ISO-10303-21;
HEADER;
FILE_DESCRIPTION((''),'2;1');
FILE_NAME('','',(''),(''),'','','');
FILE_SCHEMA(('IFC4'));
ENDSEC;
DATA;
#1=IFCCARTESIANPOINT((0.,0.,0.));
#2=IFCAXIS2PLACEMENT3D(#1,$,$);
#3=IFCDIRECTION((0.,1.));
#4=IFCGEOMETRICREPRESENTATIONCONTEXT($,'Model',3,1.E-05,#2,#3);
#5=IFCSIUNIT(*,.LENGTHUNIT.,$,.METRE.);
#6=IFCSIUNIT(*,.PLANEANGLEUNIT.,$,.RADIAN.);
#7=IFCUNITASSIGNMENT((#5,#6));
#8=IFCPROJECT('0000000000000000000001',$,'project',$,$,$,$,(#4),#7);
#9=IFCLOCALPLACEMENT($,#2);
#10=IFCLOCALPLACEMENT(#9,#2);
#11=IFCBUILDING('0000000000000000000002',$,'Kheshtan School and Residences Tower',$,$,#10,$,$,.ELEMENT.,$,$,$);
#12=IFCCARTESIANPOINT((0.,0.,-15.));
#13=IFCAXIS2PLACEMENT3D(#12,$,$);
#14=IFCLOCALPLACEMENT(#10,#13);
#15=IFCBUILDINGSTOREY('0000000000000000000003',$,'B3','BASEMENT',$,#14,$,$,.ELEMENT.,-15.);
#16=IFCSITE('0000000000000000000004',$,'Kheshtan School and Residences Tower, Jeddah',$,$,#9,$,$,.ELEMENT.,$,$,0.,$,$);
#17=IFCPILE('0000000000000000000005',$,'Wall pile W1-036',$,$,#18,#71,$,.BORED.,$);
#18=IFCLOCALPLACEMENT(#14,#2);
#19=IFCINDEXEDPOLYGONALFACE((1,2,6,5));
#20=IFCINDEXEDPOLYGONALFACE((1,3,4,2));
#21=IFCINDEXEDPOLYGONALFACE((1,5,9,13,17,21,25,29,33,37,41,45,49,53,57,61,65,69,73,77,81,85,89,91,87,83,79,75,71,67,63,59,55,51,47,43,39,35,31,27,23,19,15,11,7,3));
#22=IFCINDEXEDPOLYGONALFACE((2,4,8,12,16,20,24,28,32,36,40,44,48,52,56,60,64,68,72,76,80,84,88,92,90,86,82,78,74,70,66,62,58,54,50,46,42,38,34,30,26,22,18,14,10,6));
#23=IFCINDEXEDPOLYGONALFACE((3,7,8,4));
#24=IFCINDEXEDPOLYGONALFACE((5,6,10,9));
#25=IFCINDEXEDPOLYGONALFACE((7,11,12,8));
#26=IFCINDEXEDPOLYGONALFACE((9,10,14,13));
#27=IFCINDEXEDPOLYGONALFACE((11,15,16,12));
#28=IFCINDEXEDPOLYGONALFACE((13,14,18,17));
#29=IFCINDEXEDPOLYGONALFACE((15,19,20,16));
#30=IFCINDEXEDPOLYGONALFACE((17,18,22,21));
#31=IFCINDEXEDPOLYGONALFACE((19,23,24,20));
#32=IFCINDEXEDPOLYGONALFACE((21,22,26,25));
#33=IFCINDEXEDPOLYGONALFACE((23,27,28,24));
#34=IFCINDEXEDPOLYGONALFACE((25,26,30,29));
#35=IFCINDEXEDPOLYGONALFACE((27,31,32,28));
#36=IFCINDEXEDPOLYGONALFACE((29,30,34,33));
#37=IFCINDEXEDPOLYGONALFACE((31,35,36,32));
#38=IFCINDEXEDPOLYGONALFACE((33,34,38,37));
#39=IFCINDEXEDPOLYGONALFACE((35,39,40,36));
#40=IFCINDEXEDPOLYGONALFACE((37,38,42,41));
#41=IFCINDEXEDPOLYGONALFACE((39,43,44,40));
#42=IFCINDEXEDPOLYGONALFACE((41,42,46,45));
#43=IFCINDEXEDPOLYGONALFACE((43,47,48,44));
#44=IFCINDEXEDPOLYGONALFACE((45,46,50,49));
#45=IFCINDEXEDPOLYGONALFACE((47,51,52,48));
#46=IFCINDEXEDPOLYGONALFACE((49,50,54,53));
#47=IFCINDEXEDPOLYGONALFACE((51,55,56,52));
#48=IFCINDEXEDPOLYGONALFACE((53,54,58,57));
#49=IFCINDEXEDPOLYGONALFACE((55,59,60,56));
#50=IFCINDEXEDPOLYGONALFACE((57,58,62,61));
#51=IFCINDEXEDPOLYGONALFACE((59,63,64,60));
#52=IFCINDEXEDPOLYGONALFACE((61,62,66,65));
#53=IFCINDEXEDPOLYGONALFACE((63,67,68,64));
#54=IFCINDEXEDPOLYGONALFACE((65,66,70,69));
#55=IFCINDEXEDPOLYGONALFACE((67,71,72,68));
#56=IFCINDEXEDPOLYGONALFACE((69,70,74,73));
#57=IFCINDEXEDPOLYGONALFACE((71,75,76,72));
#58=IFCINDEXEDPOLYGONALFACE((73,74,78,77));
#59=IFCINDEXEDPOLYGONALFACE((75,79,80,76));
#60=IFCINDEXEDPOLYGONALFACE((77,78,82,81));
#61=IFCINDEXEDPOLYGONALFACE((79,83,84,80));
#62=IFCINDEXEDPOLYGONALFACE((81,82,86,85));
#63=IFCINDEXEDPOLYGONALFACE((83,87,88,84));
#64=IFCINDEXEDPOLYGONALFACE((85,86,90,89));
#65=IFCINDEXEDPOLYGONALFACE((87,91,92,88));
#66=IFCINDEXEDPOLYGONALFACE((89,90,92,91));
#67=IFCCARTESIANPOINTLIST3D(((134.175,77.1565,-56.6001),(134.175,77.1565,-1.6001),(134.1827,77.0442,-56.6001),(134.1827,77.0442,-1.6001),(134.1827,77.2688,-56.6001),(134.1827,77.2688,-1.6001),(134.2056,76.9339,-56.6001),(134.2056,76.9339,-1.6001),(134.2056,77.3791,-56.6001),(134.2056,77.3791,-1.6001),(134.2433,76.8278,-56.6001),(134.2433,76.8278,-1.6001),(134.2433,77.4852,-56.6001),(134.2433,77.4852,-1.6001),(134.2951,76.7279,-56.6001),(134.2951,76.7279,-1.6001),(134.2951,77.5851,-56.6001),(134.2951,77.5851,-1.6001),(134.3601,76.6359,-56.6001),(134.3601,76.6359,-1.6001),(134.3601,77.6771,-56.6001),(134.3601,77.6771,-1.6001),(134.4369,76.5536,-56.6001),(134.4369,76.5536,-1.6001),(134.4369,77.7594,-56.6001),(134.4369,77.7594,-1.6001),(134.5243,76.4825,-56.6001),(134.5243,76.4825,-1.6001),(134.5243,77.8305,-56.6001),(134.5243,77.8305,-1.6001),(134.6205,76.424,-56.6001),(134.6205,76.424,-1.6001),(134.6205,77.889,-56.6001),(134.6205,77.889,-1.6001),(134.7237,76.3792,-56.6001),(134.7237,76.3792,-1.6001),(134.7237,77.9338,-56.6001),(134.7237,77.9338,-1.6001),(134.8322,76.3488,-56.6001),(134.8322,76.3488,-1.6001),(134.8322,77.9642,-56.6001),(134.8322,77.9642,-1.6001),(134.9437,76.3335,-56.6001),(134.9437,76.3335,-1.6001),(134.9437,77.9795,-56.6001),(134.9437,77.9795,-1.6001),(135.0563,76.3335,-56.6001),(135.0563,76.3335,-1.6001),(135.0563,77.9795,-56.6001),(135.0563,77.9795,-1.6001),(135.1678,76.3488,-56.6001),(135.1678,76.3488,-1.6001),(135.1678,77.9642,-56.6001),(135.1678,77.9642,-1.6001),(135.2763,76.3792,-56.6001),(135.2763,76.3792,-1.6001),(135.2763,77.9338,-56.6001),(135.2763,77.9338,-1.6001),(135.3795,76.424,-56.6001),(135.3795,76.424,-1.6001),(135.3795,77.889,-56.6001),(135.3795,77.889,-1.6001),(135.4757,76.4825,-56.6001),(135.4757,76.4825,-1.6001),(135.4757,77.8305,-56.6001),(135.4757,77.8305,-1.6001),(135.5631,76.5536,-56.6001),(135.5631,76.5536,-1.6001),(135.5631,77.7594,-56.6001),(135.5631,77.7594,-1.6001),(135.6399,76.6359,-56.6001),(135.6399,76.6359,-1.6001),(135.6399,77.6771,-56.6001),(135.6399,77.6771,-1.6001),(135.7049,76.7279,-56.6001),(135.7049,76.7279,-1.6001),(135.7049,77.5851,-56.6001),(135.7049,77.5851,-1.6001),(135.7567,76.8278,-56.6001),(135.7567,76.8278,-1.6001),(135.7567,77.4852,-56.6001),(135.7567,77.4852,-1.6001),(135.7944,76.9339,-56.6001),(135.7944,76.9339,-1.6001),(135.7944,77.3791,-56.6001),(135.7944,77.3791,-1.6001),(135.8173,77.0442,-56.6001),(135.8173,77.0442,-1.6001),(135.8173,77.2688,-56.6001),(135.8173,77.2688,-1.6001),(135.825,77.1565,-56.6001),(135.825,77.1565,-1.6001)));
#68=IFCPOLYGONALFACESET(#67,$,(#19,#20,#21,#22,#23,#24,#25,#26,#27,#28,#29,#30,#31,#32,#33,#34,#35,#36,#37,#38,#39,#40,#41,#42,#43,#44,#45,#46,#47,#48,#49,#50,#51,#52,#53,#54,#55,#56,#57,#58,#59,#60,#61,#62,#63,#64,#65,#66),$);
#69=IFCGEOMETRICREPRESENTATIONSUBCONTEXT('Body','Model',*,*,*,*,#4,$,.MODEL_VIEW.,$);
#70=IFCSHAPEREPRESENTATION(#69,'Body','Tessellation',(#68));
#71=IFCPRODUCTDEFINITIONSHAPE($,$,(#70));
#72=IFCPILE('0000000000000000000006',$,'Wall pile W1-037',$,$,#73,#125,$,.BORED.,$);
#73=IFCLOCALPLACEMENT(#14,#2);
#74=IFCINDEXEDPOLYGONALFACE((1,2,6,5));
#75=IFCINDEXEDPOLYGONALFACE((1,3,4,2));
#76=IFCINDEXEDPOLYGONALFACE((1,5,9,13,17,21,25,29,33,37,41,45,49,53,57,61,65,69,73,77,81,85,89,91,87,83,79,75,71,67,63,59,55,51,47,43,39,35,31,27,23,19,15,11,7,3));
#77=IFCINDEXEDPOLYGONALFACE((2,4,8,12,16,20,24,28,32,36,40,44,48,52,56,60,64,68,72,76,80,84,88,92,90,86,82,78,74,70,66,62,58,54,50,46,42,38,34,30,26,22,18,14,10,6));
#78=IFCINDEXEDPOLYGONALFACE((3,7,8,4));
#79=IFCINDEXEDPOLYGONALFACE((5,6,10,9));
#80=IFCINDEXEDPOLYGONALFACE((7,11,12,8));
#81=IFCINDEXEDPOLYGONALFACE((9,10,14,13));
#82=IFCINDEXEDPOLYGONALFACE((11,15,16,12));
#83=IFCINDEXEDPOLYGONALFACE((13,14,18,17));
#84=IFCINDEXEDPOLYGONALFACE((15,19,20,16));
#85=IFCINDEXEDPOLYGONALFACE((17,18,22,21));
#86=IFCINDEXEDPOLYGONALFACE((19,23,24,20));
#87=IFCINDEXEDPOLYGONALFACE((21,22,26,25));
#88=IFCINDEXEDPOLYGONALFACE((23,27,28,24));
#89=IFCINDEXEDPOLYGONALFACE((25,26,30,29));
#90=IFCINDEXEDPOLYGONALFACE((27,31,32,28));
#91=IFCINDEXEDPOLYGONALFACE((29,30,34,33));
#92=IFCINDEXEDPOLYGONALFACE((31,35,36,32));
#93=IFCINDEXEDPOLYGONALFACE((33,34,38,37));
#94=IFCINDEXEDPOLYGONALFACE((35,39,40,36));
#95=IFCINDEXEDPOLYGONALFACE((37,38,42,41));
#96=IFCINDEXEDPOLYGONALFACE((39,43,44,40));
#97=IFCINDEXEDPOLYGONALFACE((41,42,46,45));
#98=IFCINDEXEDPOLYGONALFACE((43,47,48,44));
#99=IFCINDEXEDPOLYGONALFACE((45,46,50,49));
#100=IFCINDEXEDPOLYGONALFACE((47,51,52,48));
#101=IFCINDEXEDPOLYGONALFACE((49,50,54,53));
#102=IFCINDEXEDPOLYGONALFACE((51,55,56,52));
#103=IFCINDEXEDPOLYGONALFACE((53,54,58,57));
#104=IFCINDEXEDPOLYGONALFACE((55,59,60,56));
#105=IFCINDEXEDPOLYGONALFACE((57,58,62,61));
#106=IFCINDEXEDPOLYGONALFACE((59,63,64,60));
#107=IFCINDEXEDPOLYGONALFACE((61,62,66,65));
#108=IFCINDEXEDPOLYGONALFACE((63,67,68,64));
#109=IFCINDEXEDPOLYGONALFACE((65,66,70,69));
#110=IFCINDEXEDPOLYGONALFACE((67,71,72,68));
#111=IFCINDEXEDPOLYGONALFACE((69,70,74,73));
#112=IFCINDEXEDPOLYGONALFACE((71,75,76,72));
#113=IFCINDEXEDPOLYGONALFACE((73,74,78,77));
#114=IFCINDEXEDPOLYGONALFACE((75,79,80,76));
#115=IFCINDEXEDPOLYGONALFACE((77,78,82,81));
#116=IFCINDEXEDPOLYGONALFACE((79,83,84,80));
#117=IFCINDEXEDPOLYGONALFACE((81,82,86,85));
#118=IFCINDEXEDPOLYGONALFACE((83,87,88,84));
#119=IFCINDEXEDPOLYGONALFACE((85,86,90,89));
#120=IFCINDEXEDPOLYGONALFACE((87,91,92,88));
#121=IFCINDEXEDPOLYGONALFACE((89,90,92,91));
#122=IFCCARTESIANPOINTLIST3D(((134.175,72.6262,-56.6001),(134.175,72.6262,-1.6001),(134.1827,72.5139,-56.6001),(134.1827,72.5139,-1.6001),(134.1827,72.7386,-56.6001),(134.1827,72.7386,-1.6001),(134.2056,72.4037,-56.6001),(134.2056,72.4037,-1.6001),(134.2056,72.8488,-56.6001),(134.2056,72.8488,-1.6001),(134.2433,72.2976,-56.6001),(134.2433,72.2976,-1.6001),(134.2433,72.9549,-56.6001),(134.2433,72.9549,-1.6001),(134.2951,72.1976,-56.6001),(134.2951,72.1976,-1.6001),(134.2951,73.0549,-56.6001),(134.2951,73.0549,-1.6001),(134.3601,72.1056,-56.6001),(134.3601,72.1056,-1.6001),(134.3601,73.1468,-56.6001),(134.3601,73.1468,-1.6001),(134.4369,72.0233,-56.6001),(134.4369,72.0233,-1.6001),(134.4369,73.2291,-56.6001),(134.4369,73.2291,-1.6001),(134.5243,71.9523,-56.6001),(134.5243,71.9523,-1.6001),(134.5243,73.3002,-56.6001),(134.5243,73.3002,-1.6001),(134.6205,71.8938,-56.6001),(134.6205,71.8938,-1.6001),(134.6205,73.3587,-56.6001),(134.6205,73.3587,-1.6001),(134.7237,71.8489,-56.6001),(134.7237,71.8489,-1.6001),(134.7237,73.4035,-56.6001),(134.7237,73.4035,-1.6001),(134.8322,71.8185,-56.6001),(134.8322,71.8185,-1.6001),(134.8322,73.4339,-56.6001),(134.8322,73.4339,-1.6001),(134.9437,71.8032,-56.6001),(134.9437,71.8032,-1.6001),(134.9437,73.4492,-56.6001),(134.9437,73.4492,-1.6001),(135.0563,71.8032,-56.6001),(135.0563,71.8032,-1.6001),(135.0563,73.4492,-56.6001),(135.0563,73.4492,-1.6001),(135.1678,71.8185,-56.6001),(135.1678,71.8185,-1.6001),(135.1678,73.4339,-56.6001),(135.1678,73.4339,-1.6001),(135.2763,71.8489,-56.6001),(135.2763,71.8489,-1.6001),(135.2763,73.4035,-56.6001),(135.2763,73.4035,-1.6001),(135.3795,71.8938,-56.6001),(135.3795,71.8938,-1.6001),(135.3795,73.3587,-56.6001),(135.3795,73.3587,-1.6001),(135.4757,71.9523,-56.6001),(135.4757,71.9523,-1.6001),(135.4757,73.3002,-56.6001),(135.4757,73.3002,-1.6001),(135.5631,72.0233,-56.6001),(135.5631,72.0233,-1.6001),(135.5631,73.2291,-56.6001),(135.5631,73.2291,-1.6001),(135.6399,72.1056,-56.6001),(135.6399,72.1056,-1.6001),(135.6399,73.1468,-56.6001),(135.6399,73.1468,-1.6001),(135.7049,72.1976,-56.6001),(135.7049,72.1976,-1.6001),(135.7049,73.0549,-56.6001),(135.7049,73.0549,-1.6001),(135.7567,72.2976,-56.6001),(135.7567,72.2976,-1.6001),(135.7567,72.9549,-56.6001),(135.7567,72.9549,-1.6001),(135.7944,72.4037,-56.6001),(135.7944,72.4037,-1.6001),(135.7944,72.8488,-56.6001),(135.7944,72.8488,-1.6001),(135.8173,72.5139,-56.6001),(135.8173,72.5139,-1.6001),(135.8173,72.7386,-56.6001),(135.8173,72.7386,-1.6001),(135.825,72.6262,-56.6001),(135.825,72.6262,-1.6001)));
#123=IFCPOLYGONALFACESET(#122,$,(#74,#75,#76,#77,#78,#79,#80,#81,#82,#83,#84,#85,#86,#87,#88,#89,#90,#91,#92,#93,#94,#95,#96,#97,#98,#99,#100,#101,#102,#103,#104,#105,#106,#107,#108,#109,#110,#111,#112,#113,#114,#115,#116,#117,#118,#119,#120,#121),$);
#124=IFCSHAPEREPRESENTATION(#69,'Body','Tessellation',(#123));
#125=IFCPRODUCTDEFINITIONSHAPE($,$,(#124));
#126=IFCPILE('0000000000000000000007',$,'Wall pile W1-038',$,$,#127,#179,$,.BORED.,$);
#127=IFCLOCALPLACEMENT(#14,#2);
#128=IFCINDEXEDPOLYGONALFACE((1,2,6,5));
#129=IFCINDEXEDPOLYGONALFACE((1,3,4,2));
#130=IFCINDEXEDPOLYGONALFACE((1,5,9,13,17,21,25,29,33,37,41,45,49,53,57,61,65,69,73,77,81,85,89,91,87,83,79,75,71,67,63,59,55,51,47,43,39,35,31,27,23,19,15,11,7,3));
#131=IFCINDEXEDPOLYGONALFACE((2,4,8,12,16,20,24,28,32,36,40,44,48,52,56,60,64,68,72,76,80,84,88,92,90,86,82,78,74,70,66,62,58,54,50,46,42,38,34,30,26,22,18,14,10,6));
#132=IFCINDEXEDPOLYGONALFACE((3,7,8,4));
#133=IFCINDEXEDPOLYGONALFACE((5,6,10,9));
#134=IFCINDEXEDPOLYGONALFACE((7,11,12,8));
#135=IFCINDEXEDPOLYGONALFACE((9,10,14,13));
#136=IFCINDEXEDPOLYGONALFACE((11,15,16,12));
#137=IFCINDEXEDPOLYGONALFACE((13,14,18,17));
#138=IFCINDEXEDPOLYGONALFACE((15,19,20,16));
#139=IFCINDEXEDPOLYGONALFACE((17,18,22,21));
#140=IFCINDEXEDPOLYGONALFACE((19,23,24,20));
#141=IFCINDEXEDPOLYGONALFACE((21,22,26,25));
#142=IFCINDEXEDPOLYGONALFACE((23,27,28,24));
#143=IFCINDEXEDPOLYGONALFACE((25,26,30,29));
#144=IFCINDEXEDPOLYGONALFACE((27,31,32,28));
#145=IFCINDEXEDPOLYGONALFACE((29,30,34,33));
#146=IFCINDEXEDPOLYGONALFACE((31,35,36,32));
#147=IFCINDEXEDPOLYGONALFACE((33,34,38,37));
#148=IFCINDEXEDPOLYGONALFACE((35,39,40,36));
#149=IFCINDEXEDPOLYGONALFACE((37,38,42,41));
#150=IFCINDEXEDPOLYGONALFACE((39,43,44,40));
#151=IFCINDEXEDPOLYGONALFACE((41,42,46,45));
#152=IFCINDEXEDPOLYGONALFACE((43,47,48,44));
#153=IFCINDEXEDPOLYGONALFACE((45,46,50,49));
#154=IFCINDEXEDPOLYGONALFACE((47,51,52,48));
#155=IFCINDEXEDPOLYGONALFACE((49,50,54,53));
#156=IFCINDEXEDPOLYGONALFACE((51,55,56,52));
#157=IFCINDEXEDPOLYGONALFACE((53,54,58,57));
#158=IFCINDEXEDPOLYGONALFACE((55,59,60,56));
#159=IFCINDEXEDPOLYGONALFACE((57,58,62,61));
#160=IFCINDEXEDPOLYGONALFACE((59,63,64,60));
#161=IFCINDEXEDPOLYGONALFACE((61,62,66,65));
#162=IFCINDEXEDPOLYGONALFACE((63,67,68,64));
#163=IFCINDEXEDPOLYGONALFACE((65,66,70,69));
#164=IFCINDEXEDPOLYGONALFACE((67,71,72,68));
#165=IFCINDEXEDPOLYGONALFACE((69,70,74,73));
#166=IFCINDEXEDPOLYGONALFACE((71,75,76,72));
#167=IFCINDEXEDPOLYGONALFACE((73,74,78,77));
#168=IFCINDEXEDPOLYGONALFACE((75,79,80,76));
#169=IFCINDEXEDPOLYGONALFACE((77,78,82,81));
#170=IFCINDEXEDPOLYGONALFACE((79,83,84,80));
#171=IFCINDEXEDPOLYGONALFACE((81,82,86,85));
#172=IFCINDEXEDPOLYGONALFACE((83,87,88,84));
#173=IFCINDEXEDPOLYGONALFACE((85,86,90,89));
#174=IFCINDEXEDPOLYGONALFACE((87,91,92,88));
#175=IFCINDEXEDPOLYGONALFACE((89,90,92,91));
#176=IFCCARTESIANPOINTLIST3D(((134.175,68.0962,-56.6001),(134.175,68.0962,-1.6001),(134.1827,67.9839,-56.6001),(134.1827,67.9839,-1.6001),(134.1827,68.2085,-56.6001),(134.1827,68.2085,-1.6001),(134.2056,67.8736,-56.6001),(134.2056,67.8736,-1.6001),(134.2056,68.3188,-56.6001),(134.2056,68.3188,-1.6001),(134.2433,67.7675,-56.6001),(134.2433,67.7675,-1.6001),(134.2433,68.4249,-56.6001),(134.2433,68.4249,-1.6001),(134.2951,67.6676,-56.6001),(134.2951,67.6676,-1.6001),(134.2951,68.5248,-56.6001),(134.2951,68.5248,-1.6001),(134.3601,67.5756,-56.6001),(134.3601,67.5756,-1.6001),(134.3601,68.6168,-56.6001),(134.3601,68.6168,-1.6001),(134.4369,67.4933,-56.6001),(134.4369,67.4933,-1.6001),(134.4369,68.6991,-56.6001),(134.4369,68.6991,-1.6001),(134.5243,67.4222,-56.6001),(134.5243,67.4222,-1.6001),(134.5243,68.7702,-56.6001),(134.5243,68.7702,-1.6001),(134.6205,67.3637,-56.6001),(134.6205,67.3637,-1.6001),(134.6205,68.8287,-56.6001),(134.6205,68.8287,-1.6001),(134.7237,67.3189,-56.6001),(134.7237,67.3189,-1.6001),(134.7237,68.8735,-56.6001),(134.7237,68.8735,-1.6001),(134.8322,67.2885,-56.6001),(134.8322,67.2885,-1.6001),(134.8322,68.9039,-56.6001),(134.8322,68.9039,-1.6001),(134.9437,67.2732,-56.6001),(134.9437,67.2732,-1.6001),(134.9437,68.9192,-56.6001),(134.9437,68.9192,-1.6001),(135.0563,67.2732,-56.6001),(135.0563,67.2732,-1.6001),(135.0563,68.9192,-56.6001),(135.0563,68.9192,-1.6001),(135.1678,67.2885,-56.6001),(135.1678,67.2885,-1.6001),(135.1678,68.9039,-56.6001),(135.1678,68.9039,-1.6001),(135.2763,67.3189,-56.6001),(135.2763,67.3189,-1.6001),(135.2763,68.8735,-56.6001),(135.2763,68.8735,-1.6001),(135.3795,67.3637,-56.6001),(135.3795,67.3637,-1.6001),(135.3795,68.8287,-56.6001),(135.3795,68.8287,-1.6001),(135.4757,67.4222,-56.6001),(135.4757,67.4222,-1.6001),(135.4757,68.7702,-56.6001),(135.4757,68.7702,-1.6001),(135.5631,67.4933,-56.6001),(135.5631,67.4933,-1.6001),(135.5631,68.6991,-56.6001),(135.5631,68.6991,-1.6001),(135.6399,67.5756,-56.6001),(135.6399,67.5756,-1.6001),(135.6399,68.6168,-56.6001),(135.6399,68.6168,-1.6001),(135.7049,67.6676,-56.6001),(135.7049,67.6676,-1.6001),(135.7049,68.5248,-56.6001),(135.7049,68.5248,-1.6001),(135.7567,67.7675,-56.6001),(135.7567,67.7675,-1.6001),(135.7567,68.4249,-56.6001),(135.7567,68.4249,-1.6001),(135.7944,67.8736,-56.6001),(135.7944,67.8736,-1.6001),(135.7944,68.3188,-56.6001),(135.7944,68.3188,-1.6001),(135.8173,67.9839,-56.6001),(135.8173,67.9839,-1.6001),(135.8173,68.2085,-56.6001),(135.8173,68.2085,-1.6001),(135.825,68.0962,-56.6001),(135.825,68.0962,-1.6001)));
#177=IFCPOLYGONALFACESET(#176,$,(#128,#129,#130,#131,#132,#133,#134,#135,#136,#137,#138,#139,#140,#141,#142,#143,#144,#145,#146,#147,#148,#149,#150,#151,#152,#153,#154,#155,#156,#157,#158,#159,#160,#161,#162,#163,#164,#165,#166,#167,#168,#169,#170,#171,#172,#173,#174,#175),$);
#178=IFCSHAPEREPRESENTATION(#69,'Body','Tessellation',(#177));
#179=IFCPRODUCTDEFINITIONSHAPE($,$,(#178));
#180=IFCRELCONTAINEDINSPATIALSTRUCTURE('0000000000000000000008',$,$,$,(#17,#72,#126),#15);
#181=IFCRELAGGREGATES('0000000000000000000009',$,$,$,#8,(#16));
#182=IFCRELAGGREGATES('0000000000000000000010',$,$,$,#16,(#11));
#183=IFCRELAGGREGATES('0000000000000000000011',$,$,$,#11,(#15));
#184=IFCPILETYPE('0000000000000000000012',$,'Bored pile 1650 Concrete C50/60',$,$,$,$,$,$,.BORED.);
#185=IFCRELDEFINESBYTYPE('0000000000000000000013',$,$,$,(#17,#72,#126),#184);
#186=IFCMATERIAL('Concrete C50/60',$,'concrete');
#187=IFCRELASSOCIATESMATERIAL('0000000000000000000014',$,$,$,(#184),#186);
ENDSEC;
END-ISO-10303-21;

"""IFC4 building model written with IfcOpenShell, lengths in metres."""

from ifc_helpers import new_model, si_unit, direction, frame, origin, origin_2d, place, context, subcontext, project, spatial, circle, extrude, material, material_profile, profile_set, type_object, element, save


model = new_model("IFC4")

# Units and contexts
model_context = context("Model", 3, precision=1e-05, world=origin(), true_north=direction((0.0, 1.0)))
body_context = subcontext(model_context, "Body", "Model", "MODEL_VIEW")
ifc_project = project(units=[si_unit("LENGTHUNIT", "METRE"), si_unit("PLANEANGLEUNIT", "RADIAN")], contexts=[model_context])

# Site, building, storey
site_placement = place(None, origin())
site = spatial("IfcSite", under=ifc_project, at=site_placement, Name="Kheshtan School and Residences Tower, Jeddah", CompositionType="ELEMENT", RefElevation=0.0)
building_placement = place(site_placement, origin())
building = spatial("IfcBuilding", under=site, at=building_placement, Name="Kheshtan School and Residences Tower", CompositionType="ELEMENT")
storey_placement = place(building_placement, frame((0.0, 0.0, -15.0)))
storey = spatial("IfcBuildingStorey", under=building, at=storey_placement, Name="B3", Description="BASEMENT", CompositionType="ELEMENT", Elevation=-15.0)

# Piles
ifc_material_1 = material(Name="Concrete C50/60", Category="concrete")
ifc_material_profile_1 = material_profile(ifc_material_1, circle(Radius=0.825, at=origin_2d()), Name="BP 1650")
ifc_profile_set_1 = profile_set([ifc_material_profile_1], Name="Concrete C50/60")
pile_type_1 = type_object("IfcPileType", Name="Bored pile 1650 Concrete C50/60", PredefinedType="BORED", material=ifc_profile_set_1)
for number, where, z_axis, x_axis, name in (
    (1, (135.0, 77.1565, -1.6001), (0.0, 0.0, -1.0), (1.0, 0.0, 0.0), "Wall pile W1-036"),
    (2, (135.0, 72.6262, -1.6001), (0.0, 0.0, -1.0), (1.0, 0.0, 0.0), "Wall pile W1-037"),
    (3, (135.0, 68.0962, -1.6001), (0.0, 0.0, -1.0), (1.0, 0.0, 0.0), "Wall pile W1-038"),
):
    element("IfcPile", number, at=place(storey_placement, frame(where, z_axis=z_axis, x_axis=x_axis)), inside=storey, type_object=pile_type_1, Name=name, PredefinedType="BORED", context=body_context, shape_type="SweptSolid", body=[
        extrude(circle(Radius=0.825, at=origin_2d()), origin(), (0.0, 0.0, 1.0), 55.0),
    ])

save(model, "model.ifc")
